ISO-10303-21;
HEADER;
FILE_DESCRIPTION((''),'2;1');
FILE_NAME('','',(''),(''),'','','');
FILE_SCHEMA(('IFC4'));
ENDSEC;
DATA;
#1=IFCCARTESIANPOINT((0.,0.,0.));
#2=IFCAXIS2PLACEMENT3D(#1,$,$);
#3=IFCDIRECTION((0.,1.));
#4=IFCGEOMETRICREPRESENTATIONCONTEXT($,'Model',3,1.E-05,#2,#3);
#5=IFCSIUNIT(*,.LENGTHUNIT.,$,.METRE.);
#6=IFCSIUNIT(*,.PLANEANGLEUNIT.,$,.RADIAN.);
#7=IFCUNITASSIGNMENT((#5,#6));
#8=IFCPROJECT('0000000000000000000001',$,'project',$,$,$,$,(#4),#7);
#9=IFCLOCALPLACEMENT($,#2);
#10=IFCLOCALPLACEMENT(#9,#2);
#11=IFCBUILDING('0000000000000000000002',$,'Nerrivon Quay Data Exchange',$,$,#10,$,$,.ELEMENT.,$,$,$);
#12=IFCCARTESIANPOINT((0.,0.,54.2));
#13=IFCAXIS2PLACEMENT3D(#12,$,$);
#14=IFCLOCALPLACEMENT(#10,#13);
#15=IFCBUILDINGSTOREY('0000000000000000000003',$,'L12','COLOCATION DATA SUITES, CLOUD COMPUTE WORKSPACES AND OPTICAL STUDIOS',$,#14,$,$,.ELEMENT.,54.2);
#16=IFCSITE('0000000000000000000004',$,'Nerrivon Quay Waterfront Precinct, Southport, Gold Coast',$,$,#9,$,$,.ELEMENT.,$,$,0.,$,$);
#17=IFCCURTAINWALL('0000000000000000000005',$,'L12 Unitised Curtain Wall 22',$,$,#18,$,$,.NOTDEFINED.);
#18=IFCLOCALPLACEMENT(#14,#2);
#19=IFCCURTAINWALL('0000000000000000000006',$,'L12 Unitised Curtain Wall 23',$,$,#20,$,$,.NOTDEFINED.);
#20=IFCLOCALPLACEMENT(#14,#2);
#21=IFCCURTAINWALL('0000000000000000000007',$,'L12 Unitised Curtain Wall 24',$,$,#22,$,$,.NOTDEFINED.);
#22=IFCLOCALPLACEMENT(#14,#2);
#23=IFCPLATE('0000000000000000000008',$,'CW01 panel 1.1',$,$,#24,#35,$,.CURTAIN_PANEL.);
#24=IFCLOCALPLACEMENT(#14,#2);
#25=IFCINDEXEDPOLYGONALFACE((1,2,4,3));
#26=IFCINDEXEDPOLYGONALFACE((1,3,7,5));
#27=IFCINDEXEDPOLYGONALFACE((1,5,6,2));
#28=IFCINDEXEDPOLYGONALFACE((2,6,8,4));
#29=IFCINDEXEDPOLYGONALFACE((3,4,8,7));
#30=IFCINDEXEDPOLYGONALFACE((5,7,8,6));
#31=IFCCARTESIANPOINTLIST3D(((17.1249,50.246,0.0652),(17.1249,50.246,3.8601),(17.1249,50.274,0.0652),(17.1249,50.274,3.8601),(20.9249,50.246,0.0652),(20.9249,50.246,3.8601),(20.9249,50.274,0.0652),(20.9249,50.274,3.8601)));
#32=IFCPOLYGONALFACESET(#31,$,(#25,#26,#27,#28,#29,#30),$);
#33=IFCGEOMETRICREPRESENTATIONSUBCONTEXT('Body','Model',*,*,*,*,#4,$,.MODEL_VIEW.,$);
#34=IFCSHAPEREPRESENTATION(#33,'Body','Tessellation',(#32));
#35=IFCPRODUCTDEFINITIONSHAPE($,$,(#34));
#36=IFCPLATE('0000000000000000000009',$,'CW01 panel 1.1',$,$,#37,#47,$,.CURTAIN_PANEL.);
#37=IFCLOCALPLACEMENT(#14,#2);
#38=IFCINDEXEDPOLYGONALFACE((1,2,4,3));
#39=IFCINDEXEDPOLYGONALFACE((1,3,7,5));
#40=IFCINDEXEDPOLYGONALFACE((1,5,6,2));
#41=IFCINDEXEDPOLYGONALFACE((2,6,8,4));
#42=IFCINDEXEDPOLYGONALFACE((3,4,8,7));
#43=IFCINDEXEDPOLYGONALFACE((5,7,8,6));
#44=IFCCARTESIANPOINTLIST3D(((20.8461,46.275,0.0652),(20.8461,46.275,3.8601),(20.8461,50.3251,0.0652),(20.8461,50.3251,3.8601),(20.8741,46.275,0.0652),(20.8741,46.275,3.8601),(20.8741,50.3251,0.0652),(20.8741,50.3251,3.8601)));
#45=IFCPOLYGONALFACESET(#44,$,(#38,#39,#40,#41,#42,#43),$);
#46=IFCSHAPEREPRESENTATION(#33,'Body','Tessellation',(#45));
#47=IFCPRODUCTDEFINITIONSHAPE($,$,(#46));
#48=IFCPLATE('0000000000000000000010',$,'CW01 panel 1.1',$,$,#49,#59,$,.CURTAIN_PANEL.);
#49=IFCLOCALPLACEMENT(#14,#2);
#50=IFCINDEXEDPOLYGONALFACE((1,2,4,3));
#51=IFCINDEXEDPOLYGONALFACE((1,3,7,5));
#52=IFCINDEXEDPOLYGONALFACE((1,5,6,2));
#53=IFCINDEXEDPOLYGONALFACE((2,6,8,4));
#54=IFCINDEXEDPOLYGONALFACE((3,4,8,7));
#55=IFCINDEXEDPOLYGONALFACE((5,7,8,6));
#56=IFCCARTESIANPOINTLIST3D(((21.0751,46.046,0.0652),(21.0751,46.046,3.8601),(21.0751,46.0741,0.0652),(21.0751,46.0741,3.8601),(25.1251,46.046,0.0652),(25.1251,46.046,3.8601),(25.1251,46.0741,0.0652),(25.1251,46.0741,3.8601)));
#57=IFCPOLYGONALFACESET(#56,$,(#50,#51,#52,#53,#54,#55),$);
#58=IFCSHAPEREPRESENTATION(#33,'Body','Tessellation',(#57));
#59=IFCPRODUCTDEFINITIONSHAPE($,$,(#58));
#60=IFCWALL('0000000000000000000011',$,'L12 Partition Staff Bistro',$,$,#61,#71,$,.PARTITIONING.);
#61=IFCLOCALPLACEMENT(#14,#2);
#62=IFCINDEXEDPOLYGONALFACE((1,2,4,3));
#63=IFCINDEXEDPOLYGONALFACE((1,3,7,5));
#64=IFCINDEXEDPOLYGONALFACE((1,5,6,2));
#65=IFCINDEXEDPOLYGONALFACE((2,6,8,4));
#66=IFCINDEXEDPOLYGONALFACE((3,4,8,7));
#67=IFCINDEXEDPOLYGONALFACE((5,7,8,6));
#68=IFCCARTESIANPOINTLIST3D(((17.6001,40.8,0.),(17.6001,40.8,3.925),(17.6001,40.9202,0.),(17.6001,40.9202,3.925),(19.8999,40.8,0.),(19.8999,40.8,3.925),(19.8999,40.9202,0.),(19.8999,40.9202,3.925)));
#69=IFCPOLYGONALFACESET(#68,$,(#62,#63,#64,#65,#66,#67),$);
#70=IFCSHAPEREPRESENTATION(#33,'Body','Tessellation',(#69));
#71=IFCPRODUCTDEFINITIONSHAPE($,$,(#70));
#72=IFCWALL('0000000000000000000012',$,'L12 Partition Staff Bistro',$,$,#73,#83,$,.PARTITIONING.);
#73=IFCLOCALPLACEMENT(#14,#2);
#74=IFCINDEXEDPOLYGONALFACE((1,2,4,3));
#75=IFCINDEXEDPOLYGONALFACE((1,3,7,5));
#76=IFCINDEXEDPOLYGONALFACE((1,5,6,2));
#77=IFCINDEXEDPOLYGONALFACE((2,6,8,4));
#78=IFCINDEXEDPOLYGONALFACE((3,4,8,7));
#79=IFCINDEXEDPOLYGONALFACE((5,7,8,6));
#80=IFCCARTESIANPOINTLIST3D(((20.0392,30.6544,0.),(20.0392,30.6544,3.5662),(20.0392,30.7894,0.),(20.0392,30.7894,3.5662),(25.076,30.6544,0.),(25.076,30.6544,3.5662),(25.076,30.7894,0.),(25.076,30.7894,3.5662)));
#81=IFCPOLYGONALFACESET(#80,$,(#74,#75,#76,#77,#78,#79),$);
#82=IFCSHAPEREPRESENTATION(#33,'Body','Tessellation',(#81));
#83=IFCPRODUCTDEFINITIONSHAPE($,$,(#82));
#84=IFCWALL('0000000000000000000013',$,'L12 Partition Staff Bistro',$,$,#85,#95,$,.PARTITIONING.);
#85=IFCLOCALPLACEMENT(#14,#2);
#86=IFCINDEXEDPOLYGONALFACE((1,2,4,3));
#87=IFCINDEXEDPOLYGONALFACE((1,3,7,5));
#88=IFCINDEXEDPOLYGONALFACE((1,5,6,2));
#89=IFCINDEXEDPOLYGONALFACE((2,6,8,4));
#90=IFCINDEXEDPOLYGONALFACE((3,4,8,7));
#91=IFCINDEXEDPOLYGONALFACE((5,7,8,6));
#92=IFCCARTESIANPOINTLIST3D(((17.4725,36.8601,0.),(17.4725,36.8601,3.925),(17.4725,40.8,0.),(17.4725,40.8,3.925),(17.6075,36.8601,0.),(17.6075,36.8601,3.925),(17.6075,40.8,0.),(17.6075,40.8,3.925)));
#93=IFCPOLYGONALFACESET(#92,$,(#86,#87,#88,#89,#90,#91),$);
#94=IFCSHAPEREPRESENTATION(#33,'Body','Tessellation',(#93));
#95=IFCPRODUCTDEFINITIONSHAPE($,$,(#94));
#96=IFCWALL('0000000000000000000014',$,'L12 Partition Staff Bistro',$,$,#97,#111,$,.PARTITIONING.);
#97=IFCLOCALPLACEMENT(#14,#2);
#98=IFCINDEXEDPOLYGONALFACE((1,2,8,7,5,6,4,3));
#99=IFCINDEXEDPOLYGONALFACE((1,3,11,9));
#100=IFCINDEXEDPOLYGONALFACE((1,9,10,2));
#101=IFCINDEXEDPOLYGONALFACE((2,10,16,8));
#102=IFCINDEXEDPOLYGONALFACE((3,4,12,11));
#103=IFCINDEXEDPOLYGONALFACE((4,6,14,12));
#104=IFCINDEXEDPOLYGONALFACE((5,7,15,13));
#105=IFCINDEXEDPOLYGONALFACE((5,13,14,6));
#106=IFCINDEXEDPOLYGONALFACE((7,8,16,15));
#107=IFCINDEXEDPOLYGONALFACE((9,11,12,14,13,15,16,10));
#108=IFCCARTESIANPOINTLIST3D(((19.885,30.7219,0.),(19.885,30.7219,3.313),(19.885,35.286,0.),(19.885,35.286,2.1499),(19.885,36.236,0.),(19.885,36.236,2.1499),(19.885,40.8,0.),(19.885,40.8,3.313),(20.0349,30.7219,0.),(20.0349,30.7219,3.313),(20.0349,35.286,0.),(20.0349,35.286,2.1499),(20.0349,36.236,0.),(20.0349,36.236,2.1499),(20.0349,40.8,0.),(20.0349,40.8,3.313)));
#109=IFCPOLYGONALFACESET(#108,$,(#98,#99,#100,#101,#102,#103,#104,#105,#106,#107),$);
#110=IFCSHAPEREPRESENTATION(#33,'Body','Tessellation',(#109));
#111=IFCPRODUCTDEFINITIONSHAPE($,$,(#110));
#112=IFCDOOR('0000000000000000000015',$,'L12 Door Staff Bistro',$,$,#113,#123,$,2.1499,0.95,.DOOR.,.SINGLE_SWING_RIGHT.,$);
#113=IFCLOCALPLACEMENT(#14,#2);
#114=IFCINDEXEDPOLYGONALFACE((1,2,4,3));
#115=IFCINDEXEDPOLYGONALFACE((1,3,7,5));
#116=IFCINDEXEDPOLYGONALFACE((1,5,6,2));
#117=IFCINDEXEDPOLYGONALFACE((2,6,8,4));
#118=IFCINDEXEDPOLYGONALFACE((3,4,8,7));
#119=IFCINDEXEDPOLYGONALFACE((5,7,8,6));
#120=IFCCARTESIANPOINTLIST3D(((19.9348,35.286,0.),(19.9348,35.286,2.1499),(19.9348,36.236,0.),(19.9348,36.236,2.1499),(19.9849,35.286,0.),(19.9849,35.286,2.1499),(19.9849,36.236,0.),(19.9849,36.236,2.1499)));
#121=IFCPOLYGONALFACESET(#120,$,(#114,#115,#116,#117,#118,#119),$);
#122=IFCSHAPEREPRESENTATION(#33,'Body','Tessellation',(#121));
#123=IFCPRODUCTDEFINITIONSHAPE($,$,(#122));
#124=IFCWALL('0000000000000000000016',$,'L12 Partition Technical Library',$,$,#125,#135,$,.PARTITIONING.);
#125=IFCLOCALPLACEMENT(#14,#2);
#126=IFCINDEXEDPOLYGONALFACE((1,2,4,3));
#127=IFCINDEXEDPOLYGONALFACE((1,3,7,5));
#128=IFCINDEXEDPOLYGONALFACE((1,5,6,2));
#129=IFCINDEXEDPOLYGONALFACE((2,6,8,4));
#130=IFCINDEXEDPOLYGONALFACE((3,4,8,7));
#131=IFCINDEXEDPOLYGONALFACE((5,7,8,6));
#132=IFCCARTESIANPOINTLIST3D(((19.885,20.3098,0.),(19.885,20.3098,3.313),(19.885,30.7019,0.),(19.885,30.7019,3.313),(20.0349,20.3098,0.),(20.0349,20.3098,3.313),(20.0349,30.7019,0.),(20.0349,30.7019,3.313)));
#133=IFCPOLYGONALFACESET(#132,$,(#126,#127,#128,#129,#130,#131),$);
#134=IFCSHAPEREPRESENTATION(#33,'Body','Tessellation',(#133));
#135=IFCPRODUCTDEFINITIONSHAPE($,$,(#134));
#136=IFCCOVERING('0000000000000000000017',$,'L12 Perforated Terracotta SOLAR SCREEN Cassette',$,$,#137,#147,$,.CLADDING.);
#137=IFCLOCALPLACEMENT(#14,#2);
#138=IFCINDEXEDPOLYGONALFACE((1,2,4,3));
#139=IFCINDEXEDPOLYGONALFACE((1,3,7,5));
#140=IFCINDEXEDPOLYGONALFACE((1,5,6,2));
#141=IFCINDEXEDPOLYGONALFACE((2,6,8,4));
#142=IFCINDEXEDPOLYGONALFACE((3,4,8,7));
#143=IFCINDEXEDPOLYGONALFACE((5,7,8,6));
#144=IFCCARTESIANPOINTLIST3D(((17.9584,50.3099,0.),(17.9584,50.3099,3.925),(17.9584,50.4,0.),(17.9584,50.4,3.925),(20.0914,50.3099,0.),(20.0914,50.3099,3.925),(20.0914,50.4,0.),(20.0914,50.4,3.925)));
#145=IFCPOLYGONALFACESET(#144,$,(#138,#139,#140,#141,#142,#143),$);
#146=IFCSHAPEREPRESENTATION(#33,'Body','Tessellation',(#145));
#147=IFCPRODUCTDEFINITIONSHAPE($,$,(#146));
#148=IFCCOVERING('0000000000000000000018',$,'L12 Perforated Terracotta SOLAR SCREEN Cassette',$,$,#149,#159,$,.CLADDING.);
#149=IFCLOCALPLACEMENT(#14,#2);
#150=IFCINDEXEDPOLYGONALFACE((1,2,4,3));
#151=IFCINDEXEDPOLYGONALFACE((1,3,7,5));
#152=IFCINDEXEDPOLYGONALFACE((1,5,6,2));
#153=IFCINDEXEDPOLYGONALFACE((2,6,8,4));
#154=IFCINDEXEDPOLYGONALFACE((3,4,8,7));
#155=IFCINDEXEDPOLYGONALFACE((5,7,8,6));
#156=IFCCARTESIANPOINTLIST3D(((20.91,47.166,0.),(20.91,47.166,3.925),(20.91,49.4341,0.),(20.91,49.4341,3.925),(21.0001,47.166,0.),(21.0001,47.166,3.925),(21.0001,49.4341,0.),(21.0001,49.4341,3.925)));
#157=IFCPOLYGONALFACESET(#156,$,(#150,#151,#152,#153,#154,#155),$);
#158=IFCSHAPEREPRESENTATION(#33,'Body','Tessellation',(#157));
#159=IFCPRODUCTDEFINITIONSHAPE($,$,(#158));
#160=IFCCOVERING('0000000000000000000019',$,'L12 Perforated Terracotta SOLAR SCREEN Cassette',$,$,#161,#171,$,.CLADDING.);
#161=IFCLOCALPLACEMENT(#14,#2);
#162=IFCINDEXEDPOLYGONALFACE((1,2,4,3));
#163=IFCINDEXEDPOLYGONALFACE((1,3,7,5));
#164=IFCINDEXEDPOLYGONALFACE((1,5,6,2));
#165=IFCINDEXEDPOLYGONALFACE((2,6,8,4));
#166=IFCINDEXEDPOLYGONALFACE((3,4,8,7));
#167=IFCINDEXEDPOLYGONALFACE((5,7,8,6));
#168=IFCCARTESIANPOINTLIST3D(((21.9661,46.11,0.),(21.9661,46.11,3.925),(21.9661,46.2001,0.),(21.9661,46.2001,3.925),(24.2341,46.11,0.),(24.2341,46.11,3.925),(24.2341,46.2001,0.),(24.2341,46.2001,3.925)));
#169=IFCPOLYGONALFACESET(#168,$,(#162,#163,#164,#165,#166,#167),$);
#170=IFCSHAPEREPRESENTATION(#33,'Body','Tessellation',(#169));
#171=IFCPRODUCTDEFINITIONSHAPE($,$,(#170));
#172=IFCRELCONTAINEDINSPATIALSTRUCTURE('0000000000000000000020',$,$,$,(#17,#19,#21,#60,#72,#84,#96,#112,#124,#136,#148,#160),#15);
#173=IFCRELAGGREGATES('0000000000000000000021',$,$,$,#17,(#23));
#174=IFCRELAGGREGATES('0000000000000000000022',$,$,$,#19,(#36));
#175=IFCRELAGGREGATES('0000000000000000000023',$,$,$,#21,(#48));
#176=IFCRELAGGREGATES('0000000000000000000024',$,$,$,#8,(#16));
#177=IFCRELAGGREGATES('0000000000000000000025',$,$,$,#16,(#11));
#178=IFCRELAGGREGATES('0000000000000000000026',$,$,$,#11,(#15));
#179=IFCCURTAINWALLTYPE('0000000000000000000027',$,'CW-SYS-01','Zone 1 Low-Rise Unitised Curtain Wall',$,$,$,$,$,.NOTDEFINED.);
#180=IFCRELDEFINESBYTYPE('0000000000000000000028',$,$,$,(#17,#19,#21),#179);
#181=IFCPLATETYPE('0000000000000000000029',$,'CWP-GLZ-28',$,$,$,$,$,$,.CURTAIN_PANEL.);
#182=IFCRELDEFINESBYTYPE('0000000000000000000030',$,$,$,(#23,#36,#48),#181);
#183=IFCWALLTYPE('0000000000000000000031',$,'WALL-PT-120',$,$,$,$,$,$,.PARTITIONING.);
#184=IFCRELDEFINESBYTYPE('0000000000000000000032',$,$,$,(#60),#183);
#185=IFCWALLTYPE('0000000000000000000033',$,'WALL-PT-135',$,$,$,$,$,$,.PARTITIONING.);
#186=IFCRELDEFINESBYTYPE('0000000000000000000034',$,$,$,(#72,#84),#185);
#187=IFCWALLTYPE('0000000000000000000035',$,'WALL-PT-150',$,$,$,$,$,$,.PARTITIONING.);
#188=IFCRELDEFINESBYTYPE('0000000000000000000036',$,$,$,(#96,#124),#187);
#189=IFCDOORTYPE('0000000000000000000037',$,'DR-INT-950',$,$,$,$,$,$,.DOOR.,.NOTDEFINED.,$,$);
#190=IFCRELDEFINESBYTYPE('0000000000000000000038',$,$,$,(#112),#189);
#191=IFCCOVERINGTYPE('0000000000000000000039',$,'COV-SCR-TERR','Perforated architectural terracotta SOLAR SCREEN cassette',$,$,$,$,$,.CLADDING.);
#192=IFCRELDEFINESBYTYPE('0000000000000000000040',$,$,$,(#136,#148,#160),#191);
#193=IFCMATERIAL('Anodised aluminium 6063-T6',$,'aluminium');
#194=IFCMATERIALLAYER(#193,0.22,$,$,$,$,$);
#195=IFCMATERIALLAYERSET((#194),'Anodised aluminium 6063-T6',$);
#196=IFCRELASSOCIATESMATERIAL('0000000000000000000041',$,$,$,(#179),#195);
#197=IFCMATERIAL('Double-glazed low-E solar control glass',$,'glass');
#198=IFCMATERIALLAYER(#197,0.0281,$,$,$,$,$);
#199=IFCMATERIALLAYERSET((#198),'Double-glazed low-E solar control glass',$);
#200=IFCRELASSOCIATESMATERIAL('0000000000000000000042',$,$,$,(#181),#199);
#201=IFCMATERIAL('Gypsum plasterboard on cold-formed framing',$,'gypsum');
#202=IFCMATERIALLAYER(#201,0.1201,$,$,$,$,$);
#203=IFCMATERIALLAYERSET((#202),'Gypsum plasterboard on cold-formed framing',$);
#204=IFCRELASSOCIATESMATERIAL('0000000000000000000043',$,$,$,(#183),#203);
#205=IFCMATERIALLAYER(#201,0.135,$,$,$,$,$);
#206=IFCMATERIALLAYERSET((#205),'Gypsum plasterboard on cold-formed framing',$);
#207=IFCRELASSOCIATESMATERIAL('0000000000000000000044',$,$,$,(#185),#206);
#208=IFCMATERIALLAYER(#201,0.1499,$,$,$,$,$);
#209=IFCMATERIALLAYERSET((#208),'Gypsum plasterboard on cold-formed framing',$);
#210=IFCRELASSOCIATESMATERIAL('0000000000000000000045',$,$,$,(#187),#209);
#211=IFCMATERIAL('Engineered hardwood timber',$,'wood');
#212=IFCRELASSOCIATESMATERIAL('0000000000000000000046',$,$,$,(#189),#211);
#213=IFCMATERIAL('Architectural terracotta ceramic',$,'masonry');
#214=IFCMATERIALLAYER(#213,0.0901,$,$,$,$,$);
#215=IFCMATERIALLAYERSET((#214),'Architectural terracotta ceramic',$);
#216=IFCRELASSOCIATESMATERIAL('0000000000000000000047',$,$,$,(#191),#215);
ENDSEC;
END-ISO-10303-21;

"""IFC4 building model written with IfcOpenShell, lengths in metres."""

from ifc_helpers import new_model, si_unit, direction, frame, frame_2d, origin, origin_2d, place, context, subcontext, project, spatial, rectangle, extrude, material, layer, layer_set, type_object, element, fill, aggregate, save


model = new_model("IFC4")

# Units and contexts
model_context = context("Model", 3, precision=1e-05, world=origin(), true_north=direction((0.0, 1.0)))
body_context = subcontext(model_context, "Body", "Model", "MODEL_VIEW")
ifc_project = project(units=[si_unit("LENGTHUNIT", "METRE"), si_unit("PLANEANGLEUNIT", "RADIAN")], contexts=[model_context])

# Site, building, storey
site_placement = place(None, origin())
site = spatial("IfcSite", under=ifc_project, at=site_placement, Name="Nerrivon Quay Waterfront Precinct, Southport, Gold Coast", CompositionType="ELEMENT", RefElevation=0.0)
building_placement = place(site_placement, origin())
building = spatial("IfcBuilding", under=site, at=building_placement, Name="Nerrivon Quay Data Exchange", CompositionType="ELEMENT")
storey_placement = place(building_placement, frame((0.0, 0.0, 54.2)))
storey = spatial("IfcBuildingStorey", under=building, at=storey_placement, Name="L12", Description="COLOCATION DATA SUITES, CLOUD COMPUTE WORKSPACES AND OPTICAL STUDIOS", CompositionType="ELEMENT", Elevation=54.2)

# Curtain walls
ifc_material_1 = material(Name="Anodised aluminium 6063-T6", Category="aluminium")
ifc_layer_1 = layer(ifc_material_1, 0.22)
ifc_layer_set_1 = layer_set([ifc_layer_1], Name="Anodised aluminium 6063-T6")
curtain_wall_type = type_object("IfcCurtainWallType", Name="CW-SYS-01", Description="Zone 1 Low-Rise Unitised Curtain Wall", PredefinedType="NOTDEFINED", material=ifc_layer_set_1)
curtain_wall_1_placement = place(storey_placement, origin())
curtain_wall_1 = element("IfcCurtainWall", 1, at=curtain_wall_1_placement, inside=storey, type_object=curtain_wall_type, Name="L12 Unitised Curtain Wall 22", PredefinedType="NOTDEFINED")
curtain_wall_2_placement = place(storey_placement, origin())
curtain_wall_2 = element("IfcCurtainWall", 2, at=curtain_wall_2_placement, inside=storey, type_object=curtain_wall_type, Name="L12 Unitised Curtain Wall 23", PredefinedType="NOTDEFINED")

# Curtain wall
curtain_wall_3_placement = place(storey_placement, origin())
curtain_wall_3 = element("IfcCurtainWall", 3, at=curtain_wall_3_placement, inside=storey, type_object=curtain_wall_type, Name="L12 Unitised Curtain Wall 24", PredefinedType="NOTDEFINED")

# Plates
ifc_material_2 = material(Name="Double-glazed low-E solar control glass", Category="glass")
ifc_layer_2 = layer(ifc_material_2, 0.0281)
ifc_layer_set_2 = layer_set([ifc_layer_2], Name="Double-glazed low-E solar control glass")
plate_type = type_object("IfcPlateType", Name="CWP-GLZ-28", PredefinedType="CURTAIN_PANEL", material=ifc_layer_set_2)
plate_1_placement = place(storey_placement, frame((19.0249, 50.26, 0.0652), z_axis=(0.0, 0.0, 1.0), x_axis=(1.0, 0.0, 0.0)))
plate_1 = element("IfcPlate", 4, at=plate_1_placement, type_object=plate_type, Name="CW01 panel 1.1", PredefinedType="CURTAIN_PANEL", context=body_context, shape_type="SweptSolid", body=[
    extrude(rectangle(XDim=3.8, YDim=0.0281, at=origin_2d()), origin(), (0.0, 0.0, 1.0), 3.7949),
])
aggregate(curtain_wall_1, [plate_1])
plate_2_placement = place(storey_placement, frame((20.8601, 48.3, 0.0652), z_axis=(0.0, 0.0, 1.0), x_axis=(0.0, -1.0, 0.0)))
plate_2 = element("IfcPlate", 5, at=plate_2_placement, type_object=plate_type, Name="CW01 panel 1.1", PredefinedType="CURTAIN_PANEL", context=body_context, shape_type="SweptSolid", body=[
    extrude(rectangle(XDim=4.05, YDim=0.0281, at=origin_2d()), origin(), (0.0, 0.0, 1.0), 3.7949),
])
aggregate(curtain_wall_2, [plate_2])
plate_3_placement = place(storey_placement, frame((23.1001, 46.0601, 0.0652), z_axis=(0.0, 0.0, 1.0), x_axis=(1.0, 0.0, 0.0)))
plate_3 = element("IfcPlate", 6, at=plate_3_placement, type_object=plate_type, Name="CW01 panel 1.1", PredefinedType="CURTAIN_PANEL", context=body_context, shape_type="SweptSolid", body=[
    extrude(rectangle(XDim=4.05, YDim=0.0281, at=origin_2d()), origin(), (0.0, 0.0, 1.0), 3.7949),
])
aggregate(curtain_wall_3, [plate_3])

# Walls
ifc_material_3 = material(Name="Gypsum plasterboard on cold-formed framing", Category="gypsum")
ifc_layer_3 = layer(ifc_material_3, 0.1201)
ifc_layer_set_3 = layer_set([ifc_layer_3], Name="Gypsum plasterboard on cold-formed framing")
wall_type_1 = type_object("IfcWallType", Name="WALL-PT-120", PredefinedType="PARTITIONING", material=ifc_layer_set_3)
wall_1_placement = place(storey_placement, frame((17.6001, 40.8601, 0.0), z_axis=(0.0, 0.0, 1.0), x_axis=(1.0, 0.0, 0.0)))
element("IfcWall", 7, at=wall_1_placement, inside=storey, type_object=wall_type_1, Name="L12 Partition Staff Bistro", PredefinedType="PARTITIONING", context=body_context, shape_type="SweptSolid", body=[
    extrude(rectangle(XDim=2.2998, YDim=0.1201, at=frame_2d((1.1499, 0.0))), origin(), (0.0, 0.0, 1.0), 3.925),
])
ifc_layer_4 = layer(ifc_material_3, 0.135)
ifc_layer_set_4 = layer_set([ifc_layer_4], Name="Gypsum plasterboard on cold-formed framing")
wall_type_2 = type_object("IfcWallType", Name="WALL-PT-135", PredefinedType="PARTITIONING", material=ifc_layer_set_4)
wall_2_placement = place(storey_placement, frame((20.0391, 30.7219, 0.0), z_axis=(0.0, 0.0, 1.0), x_axis=(1.0, 0.0, 0.0)))
element("IfcWall", 8, at=wall_2_placement, inside=storey, type_object=wall_type_2, Name="L12 Partition Staff Bistro", PredefinedType="PARTITIONING", context=body_context, shape_type="SweptSolid", body=[
    extrude(rectangle(XDim=5.0369, YDim=0.135, at=frame_2d((2.5186, 0.0))), origin(), (0.0, 0.0, 1.0), 3.5662),
])
wall_3_placement = place(storey_placement, frame((17.54, 36.8601, 0.0), z_axis=(0.0, 0.0, 1.0), x_axis=(0.0, 1.0, 0.0)))
element("IfcWall", 9, at=wall_3_placement, inside=storey, type_object=wall_type_2, Name="L12 Partition Staff Bistro", PredefinedType="PARTITIONING", context=body_context, shape_type="SweptSolid", body=[
    extrude(rectangle(XDim=3.9399, YDim=0.135, at=frame_2d((1.97, 0.0))), origin(), (0.0, 0.0, 1.0), 3.925),
])

# Wall, opening, door
ifc_layer_5 = layer(ifc_material_3, 0.1499)
ifc_layer_set_5 = layer_set([ifc_layer_5], Name="Gypsum plasterboard on cold-formed framing")
wall_type_3 = type_object("IfcWallType", Name="WALL-PT-150", PredefinedType="PARTITIONING", material=ifc_layer_set_5)
wall_4_placement = place(storey_placement, frame((19.96, 40.8, 0.0), z_axis=(0.0, 0.0, 1.0), x_axis=(0.0, -1.0, 0.0)))
wall_4 = element("IfcWall", 10, at=wall_4_placement, inside=storey, type_object=wall_type_3, Name="L12 Partition Staff Bistro", PredefinedType="PARTITIONING", context=body_context, shape_type="SweptSolid", body=[
    extrude(rectangle(XDim=10.0781, YDim=0.1499, at=frame_2d((5.0391, 0.0))), origin(), (0.0, 0.0, 1.0), 3.313),
])
opening_placement = place(wall_4_placement, frame((4.564, 0.0, 0.0)))
opening = element("IfcOpeningElement", 11, at=opening_placement, cuts=wall_4, PredefinedType="OPENING", context=body_context, shape_type="SweptSolid", body=[
    extrude(rectangle(XDim=0.95, YDim=2.1499, at=frame_2d((0.4751, 1.075))), frame((0.0, 0.085, 0.0), z_axis=(0.0, -1.0, 0.0), x_axis=(1.0, 0.0, 0.0)), (0.0, 0.0, 1.0), 0.1699),
])
ifc_material_4 = material(Name="Engineered hardwood timber", Category="wood")
door_type = type_object("IfcDoorType", Name="DR-INT-950", OperationType="NOTDEFINED", PredefinedType="DOOR", material=ifc_material_4)
door_placement = place(opening_placement, origin())
door = element("IfcDoor", 12, at=door_placement, inside=storey, type_object=door_type, Name="L12 Door Staff Bistro", OperationType="SINGLE_SWING_RIGHT", OverallHeight=2.1499, OverallWidth=0.95, PredefinedType="DOOR", context=body_context, shape_type="SweptSolid", body=[
    extrude(rectangle(XDim=0.95, YDim=2.1499, at=frame_2d((0.4751, 1.075))), frame((0.0, 0.0249, 0.0), z_axis=(0.0, -1.0, 0.0), x_axis=(1.0, 0.0, 0.0)), (0.0, 0.0, 1.0), 0.05),
])
fill(opening, door)

# Wall
wall_5_placement = place(storey_placement, frame((19.96, 30.7019, 0.0), z_axis=(0.0, 0.0, 1.0), x_axis=(0.0, -1.0, 0.0)))
element("IfcWall", 13, at=wall_5_placement, inside=storey, type_object=wall_type_3, Name="L12 Partition Technical Library", PredefinedType="PARTITIONING", context=body_context, shape_type="SweptSolid", body=[
    extrude(rectangle(XDim=10.3921, YDim=0.1499, at=frame_2d((5.196, 0.0))), origin(), (0.0, 0.0, 1.0), 3.313),
])

# Coverings
ifc_material_5 = material(Name="Architectural terracotta ceramic", Category="masonry")
ifc_layer_6 = layer(ifc_material_5, 0.0901)
ifc_layer_set_6 = layer_set([ifc_layer_6], Name="Architectural terracotta ceramic")
covering_type = type_object("IfcCoveringType", Name="COV-SCR-TERR", Description="Perforated architectural terracotta SOLAR SCREEN cassette", PredefinedType="CLADDING", material=ifc_layer_set_6)
covering_placement = place(storey_placement, frame((19.0249, 50.355, 0.0), z_axis=(0.0, 0.0, 1.0), x_axis=(1.0, 0.0, 0.0)))
element("IfcCovering", 14, at=covering_placement, inside=storey, type_object=covering_type, Name="L12 Perforated Terracotta SOLAR SCREEN Cassette", PredefinedType="CLADDING", context=body_context, shape_type="SweptSolid", body=[
    extrude(rectangle(XDim=2.1331, YDim=0.0901, at=origin_2d()), origin(), (0.0, 0.0, 1.0), 3.925),
])
for number, where, z_axis, x_axis, name in (
    (15, (20.9551, 48.3, 0.0), (0.0, 0.0, 1.0), (0.0, -1.0, 0.0), "L12 Perforated Terracotta SOLAR SCREEN Cassette"),
    (16, (23.1001, 46.155, 0.0), (0.0, 0.0, 1.0), (1.0, 0.0, 0.0), "L12 Perforated Terracotta SOLAR SCREEN Cassette"),
):
    element("IfcCovering", number, at=place(storey_placement, frame(where, z_axis=z_axis, x_axis=x_axis)), inside=storey, type_object=covering_type, Name=name, PredefinedType="CLADDING", context=body_context, shape_type="SweptSolid", body=[
        extrude(rectangle(XDim=2.2681, YDim=0.0901, at=origin_2d()), origin(), (0.0, 0.0, 1.0), 3.925),
    ])

save(model, "model.ifc")
